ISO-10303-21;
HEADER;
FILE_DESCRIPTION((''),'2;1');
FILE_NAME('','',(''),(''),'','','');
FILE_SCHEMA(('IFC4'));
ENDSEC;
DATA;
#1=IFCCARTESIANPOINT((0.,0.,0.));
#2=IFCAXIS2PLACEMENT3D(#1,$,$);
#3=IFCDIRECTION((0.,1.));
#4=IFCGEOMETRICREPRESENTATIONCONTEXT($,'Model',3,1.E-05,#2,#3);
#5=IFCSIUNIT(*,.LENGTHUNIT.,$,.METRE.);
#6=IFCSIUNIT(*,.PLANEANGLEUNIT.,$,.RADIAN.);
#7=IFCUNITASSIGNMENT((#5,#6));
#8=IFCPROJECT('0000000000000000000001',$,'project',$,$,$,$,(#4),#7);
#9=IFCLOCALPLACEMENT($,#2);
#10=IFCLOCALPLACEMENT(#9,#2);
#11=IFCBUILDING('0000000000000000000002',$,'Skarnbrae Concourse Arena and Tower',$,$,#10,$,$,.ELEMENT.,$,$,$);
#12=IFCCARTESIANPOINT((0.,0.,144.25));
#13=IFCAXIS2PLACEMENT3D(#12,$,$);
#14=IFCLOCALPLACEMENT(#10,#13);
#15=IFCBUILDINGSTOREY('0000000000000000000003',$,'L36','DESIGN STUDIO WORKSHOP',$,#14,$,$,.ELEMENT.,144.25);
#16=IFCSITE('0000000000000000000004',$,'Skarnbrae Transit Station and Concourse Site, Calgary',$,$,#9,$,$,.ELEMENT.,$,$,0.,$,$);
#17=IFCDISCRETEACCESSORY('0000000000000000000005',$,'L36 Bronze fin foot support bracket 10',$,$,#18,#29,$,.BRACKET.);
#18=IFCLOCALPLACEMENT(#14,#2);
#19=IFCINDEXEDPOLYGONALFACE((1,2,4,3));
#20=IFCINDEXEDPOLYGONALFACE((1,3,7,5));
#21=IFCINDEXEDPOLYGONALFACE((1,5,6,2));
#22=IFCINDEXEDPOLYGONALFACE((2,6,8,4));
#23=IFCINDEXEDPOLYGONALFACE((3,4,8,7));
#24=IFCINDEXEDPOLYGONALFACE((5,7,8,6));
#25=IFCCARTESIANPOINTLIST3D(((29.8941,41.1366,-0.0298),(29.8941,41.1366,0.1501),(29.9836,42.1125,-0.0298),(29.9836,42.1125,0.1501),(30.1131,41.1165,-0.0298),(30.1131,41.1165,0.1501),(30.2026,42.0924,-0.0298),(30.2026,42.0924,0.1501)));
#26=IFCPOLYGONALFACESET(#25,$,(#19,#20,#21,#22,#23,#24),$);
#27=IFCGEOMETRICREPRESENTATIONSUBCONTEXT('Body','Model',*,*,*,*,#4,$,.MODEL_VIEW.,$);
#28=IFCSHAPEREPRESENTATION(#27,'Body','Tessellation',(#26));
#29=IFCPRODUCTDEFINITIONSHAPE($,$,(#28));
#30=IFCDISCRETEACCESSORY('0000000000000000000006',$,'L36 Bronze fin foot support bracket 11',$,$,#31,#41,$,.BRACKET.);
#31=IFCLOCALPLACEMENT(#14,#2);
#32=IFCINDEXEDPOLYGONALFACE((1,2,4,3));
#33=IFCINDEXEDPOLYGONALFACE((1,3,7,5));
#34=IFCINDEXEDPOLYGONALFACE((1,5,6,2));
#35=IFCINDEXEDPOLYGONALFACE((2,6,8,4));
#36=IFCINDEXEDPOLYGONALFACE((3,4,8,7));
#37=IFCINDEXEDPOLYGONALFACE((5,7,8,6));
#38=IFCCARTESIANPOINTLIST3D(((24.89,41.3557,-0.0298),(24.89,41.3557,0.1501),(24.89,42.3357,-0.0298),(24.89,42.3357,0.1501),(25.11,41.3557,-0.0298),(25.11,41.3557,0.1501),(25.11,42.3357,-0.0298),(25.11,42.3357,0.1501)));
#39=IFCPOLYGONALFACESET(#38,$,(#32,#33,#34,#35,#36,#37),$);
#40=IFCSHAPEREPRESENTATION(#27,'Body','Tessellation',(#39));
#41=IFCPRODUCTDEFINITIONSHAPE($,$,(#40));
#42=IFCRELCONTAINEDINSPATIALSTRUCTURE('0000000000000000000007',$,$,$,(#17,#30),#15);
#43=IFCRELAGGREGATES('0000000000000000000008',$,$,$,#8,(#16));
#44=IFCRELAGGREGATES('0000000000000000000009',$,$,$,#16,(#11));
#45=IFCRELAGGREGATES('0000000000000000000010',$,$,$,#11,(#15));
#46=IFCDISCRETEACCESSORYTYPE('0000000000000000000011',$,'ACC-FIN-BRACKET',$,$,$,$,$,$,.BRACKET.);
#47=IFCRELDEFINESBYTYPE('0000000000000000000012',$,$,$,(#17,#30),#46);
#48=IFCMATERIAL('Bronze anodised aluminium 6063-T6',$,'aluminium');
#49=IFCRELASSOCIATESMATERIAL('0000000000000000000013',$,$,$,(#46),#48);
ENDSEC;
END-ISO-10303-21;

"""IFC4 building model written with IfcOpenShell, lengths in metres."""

from ifc_helpers import new_model, si_unit, direction, frame, origin, origin_2d, place, context, subcontext, project, spatial, rectangle, extrude, source, transform, mapped, material, type_object, element, save


model = new_model("IFC4")

# Units and contexts
model_context = context("Model", 3, precision=1e-05, world=origin(), true_north=direction((0.0, 1.0)))
body_context = subcontext(model_context, "Body", "Model", "MODEL_VIEW")
ifc_project = project(units=[si_unit("LENGTHUNIT", "METRE"), si_unit("PLANEANGLEUNIT", "RADIAN")], contexts=[model_context])

# Site, building, storey
site_placement = place(None, origin())
site = spatial("IfcSite", under=ifc_project, at=site_placement, Name="Skarnbrae Transit Station and Concourse Site, Calgary", CompositionType="ELEMENT", RefElevation=0.0)
building_placement = place(site_placement, origin())
building = spatial("IfcBuilding", under=site, at=building_placement, Name="Skarnbrae Concourse Arena and Tower", CompositionType="ELEMENT")
storey_placement = place(building_placement, frame((0.0, 0.0, 144.25)))
storey = spatial("IfcBuildingStorey", under=building, at=storey_placement, Name="L36", Description="DESIGN STUDIO WORKSHOP", CompositionType="ELEMENT", Elevation=144.25)

# Shared definitions
ifc_material_1 = material(Name="Bronze anodised aluminium 6063-T6", Category="aluminium")

# Discrete accessories
discrete_accessory_type = type_object("IfcDiscreteAccessoryType", Name="ACC-FIN-BRACKET", PredefinedType="BRACKET", material=ifc_material_1)
shared_shape_1 = source(origin(), body_context, "Body", "SweptSolid", [
    extrude(rectangle(XDim=0.22, YDim=0.98, at=origin_2d()), origin(), (0.0, 0.0, 1.0), 0.1799),
])
for number, where, z_axis, x_axis, name in (
    (1, (30.0483, 41.6145, -0.0298), (0.0, 0.0, 1.0), (0.995819, -0.091345, 0.0), "L36 Bronze fin foot support bracket 10"),
    (2, (25.0, 41.8457, -0.0298), (0.0, 0.0, 1.0), (1.0, 0.0, 0.0), "L36 Bronze fin foot support bracket 11"),
):
    element("IfcDiscreteAccessory", number, at=place(storey_placement, frame(where, z_axis=z_axis, x_axis=x_axis)), inside=storey, type_object=discrete_accessory_type, Name=name, PredefinedType="BRACKET", context=body_context, shape_type="MappedRepresentation", body=[
        mapped(shared_shape_1, transform((0.0, 0.0, 0.0))),
    ])

save(model, "model.ifc")
